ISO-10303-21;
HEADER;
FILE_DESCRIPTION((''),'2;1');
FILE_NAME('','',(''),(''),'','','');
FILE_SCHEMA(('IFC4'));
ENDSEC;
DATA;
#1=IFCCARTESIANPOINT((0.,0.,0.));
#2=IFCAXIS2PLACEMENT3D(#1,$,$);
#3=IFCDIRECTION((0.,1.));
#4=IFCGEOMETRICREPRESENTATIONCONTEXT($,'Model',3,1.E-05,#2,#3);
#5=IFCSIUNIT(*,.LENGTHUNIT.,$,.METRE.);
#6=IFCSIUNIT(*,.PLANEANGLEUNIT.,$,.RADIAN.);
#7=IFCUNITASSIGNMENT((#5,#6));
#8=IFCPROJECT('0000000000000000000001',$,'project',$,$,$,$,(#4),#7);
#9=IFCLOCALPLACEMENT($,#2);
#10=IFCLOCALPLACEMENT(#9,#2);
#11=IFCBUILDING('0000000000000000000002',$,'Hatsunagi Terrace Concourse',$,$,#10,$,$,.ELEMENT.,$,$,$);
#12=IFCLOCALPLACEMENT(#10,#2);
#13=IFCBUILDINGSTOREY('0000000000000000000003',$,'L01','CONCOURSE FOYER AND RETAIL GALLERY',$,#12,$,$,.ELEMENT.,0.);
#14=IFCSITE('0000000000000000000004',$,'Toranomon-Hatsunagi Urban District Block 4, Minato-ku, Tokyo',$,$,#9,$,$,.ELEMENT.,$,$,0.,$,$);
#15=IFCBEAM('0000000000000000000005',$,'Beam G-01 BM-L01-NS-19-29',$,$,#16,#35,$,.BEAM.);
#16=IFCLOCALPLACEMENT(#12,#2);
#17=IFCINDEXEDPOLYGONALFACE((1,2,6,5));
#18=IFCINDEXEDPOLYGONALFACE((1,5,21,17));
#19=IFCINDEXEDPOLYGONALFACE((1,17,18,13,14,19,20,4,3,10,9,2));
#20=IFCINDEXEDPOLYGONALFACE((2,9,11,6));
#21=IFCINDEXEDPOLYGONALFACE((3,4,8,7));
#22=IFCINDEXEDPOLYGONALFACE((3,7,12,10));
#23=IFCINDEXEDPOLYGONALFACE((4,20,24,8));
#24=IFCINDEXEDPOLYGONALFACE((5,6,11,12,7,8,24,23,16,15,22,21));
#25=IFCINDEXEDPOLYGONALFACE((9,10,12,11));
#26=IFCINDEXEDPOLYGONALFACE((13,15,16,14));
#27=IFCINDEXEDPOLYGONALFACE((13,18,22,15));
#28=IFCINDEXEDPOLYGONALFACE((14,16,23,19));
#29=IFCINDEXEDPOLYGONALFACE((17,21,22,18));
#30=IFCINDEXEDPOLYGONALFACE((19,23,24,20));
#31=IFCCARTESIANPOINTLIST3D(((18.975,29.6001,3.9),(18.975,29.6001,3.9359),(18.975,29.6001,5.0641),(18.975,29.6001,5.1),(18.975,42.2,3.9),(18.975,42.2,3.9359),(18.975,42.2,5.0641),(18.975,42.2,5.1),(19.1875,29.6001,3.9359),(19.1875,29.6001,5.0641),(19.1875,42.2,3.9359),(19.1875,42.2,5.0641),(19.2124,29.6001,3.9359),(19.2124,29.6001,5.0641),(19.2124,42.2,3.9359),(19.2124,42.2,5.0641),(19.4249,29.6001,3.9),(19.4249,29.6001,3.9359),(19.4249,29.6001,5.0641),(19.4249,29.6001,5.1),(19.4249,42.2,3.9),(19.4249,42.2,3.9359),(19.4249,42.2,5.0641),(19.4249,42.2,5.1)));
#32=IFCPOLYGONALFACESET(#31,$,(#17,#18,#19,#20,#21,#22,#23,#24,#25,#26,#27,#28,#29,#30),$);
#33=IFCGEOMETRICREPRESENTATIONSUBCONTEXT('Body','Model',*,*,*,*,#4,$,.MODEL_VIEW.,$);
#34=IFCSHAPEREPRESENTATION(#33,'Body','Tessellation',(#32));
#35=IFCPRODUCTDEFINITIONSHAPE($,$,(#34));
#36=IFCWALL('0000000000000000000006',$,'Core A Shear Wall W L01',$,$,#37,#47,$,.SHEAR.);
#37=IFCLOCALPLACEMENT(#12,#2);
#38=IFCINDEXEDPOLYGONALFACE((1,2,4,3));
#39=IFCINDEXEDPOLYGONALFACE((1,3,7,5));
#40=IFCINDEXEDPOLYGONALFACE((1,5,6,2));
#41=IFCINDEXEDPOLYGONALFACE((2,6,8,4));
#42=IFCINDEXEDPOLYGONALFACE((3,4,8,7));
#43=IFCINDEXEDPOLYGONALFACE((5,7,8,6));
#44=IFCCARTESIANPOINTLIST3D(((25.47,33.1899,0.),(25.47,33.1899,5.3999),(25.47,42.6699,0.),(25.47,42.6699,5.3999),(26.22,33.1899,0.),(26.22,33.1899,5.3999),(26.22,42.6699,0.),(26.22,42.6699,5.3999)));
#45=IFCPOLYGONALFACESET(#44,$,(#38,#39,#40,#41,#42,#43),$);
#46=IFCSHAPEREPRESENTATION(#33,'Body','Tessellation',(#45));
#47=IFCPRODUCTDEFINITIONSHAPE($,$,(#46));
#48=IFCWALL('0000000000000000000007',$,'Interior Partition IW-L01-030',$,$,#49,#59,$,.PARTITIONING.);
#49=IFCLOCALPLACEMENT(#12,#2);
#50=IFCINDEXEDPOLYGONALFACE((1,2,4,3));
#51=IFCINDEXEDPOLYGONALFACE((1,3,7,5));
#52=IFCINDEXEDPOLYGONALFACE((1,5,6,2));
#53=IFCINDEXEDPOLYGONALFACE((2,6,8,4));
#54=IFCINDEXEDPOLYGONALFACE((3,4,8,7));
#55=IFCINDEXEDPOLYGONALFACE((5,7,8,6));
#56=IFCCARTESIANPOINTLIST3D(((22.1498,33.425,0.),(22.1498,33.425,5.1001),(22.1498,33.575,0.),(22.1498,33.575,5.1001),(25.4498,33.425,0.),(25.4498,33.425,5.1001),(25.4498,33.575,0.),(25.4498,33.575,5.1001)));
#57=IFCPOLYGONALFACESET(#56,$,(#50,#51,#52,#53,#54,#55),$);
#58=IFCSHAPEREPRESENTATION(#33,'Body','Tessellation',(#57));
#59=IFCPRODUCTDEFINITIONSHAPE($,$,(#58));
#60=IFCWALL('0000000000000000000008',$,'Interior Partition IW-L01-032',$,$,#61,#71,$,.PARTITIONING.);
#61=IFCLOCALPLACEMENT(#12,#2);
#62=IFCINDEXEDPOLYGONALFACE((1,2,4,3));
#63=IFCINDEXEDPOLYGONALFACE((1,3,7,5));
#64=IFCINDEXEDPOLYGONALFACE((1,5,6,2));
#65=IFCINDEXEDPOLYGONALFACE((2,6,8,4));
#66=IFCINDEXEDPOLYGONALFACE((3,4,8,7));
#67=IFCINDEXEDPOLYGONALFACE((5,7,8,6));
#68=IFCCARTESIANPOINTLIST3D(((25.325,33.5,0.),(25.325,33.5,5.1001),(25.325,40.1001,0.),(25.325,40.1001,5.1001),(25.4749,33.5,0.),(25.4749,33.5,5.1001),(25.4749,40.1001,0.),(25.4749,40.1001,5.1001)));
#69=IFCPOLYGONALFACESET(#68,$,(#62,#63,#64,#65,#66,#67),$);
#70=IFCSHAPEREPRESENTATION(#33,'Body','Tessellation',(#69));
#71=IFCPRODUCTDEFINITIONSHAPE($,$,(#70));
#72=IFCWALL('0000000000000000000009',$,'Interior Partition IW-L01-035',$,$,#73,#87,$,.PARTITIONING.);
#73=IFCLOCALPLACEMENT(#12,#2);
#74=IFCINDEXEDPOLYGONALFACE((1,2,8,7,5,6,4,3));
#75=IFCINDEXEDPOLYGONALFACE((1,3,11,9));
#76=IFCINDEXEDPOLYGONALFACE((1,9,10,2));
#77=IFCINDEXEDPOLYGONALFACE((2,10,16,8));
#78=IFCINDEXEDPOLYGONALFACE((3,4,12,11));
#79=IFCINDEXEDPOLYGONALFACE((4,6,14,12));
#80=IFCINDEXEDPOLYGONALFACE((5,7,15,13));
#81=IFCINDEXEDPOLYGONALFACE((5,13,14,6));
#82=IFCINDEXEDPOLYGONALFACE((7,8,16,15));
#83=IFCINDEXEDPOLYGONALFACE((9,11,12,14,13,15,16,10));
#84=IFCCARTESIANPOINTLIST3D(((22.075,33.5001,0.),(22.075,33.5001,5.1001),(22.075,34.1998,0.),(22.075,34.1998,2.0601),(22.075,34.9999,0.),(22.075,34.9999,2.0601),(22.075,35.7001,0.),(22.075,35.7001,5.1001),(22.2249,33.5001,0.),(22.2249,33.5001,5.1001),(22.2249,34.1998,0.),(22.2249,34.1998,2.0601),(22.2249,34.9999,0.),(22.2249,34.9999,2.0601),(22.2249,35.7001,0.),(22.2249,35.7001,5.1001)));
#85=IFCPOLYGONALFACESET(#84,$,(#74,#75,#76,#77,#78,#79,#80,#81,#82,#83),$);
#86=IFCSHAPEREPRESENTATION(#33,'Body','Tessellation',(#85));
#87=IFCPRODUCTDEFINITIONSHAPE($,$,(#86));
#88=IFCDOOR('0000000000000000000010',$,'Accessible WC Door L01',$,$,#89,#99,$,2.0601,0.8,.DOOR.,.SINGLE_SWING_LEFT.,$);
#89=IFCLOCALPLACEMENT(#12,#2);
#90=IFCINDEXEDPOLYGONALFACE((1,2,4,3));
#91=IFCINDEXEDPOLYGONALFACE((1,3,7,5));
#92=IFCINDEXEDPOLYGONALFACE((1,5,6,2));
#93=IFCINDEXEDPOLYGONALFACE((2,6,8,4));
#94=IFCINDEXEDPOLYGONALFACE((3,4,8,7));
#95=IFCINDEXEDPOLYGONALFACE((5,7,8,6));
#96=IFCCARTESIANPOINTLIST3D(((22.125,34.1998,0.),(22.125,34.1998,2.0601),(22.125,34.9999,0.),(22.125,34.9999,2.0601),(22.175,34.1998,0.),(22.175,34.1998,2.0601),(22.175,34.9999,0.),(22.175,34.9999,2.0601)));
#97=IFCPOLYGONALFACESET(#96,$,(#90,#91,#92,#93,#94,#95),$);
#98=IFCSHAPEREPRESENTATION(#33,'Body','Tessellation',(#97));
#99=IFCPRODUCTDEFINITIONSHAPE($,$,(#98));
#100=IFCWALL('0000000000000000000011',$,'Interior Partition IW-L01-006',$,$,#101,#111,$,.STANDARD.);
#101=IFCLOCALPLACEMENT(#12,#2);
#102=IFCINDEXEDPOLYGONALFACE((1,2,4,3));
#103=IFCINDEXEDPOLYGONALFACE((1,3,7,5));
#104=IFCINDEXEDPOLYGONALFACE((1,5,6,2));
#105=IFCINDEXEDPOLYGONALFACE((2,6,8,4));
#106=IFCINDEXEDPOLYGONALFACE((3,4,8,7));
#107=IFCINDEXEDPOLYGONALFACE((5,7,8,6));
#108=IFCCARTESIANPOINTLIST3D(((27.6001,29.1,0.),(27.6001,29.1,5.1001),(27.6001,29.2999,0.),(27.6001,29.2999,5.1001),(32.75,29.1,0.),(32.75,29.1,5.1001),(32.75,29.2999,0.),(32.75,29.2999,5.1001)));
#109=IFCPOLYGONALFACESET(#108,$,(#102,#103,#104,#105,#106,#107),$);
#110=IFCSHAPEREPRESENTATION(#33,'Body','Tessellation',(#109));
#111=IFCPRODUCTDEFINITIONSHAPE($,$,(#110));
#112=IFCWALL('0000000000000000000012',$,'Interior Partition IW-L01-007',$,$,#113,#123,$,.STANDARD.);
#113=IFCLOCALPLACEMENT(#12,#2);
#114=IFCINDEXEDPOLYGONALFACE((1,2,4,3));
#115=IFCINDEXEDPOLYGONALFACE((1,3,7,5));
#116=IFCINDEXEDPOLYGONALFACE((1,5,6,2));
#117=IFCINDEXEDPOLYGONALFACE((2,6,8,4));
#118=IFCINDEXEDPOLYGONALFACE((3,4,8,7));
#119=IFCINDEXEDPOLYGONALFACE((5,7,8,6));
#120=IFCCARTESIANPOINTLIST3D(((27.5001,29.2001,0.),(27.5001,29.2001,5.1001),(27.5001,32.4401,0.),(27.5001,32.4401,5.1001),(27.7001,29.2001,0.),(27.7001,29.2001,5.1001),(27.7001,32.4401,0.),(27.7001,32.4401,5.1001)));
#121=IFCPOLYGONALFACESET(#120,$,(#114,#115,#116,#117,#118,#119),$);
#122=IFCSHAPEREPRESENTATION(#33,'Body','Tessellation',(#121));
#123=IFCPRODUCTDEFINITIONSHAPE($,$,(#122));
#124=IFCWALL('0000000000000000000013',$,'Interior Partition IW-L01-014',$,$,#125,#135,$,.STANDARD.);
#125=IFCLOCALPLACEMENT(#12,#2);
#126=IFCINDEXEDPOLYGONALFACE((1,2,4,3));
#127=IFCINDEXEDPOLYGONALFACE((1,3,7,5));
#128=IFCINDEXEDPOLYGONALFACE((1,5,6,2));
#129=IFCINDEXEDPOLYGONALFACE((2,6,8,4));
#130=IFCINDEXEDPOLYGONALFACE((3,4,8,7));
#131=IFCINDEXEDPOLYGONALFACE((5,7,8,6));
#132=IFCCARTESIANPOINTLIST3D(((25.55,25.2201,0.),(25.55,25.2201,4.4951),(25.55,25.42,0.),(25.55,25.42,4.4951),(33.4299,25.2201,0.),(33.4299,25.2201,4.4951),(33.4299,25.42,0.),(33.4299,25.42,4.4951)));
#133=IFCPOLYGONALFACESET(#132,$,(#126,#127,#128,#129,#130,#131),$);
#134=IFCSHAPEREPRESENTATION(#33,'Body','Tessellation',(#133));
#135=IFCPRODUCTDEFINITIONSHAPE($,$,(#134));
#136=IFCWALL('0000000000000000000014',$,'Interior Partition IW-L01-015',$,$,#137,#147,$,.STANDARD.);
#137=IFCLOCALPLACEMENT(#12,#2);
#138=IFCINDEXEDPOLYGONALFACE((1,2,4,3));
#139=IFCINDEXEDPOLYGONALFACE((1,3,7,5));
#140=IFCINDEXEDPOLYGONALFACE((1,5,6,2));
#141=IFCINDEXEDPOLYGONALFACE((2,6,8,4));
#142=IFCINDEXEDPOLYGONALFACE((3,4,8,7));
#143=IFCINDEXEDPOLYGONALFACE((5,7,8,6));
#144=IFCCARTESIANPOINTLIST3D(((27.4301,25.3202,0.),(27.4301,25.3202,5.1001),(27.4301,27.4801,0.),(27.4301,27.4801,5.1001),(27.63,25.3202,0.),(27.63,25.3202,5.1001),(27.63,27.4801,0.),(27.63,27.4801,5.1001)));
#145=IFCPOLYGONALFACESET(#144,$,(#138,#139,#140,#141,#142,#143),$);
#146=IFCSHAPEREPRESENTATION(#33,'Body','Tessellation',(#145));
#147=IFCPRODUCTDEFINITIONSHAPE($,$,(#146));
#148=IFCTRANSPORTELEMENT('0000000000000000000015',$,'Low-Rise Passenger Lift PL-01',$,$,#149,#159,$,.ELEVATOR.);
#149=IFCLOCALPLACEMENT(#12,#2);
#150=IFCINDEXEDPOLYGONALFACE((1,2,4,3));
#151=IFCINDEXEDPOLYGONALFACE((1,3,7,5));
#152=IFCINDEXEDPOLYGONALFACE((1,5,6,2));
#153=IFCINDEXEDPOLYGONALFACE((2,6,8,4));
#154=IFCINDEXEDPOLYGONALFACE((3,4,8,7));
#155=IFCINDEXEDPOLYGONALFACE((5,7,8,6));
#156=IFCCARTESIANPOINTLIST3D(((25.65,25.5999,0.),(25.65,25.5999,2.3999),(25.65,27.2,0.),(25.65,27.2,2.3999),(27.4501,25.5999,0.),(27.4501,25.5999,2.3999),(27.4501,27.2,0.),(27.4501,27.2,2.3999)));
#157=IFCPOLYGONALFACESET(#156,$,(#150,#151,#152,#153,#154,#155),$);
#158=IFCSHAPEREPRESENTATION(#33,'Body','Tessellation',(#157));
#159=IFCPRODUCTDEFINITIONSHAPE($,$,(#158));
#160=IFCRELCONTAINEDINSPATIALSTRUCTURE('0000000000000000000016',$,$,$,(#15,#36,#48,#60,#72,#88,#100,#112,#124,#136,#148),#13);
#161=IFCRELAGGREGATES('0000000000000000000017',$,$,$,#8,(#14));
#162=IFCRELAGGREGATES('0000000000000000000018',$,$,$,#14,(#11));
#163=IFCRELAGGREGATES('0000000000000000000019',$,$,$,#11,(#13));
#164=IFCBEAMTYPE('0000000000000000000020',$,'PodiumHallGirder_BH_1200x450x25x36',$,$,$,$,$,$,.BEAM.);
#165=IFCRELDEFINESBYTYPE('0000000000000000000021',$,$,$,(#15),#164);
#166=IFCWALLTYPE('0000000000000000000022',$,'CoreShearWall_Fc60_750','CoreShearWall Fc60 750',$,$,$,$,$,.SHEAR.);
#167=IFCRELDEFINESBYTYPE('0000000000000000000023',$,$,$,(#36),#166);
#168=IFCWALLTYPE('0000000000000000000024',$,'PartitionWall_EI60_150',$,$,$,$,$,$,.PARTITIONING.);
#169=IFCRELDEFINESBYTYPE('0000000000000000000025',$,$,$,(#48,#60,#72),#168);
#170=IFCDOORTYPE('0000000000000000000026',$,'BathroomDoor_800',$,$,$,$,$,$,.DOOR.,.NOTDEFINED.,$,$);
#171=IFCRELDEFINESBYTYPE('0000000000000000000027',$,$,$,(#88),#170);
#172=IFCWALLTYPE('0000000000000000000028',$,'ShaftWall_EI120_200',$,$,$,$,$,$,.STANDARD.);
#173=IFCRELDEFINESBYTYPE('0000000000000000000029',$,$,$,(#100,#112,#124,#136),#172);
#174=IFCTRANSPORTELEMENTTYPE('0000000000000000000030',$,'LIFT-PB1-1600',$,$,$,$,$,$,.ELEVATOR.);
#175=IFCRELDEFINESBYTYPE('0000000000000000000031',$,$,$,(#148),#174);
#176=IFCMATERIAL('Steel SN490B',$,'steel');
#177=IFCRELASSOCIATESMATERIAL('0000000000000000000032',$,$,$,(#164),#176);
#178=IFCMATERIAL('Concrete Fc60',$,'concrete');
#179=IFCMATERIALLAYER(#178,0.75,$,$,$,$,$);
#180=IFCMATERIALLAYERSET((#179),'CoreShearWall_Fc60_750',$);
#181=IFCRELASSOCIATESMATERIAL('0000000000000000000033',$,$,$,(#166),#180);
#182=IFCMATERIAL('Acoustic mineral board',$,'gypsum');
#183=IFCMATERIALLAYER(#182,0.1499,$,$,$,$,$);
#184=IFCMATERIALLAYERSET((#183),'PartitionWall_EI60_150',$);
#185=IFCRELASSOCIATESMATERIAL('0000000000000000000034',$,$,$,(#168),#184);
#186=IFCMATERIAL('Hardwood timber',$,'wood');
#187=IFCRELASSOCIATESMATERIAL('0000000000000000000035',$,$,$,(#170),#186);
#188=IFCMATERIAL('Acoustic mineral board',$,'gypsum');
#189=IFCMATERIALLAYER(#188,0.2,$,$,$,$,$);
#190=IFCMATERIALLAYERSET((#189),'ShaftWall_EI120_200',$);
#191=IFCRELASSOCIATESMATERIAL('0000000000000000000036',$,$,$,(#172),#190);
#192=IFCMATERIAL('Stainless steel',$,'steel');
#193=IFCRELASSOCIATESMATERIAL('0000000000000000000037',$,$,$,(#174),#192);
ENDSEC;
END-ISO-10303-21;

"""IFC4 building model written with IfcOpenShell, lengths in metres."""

from ifc_helpers import new_model, si_unit, direction, frame, frame_2d, origin, origin_2d, place, context, subcontext, project, spatial, rectangle, i_section, extrude, material, layer, layer_set, material_profile, profile_set, type_object, element, fill, save


model = new_model("IFC4")

# Units and contexts
model_context = context("Model", 3, precision=1e-05, world=origin(), true_north=direction((0.0, 1.0)))
body_context = subcontext(model_context, "Body", "Model", "MODEL_VIEW")
ifc_project = project(units=[si_unit("LENGTHUNIT", "METRE"), si_unit("PLANEANGLEUNIT", "RADIAN")], contexts=[model_context])

# Site, building, storey
site_placement = place(None, origin())
site = spatial("IfcSite", under=ifc_project, at=site_placement, Name="Toranomon-Hatsunagi Urban District Block 4, Minato-ku, Tokyo", CompositionType="ELEMENT", RefElevation=0.0)
building_placement = place(site_placement, origin())
building = spatial("IfcBuilding", under=site, at=building_placement, Name="Hatsunagi Terrace Concourse", CompositionType="ELEMENT")
storey_placement = place(building_placement, origin())
storey = spatial("IfcBuildingStorey", under=building, at=storey_placement, Name="L01", Description="CONCOURSE FOYER AND RETAIL GALLERY", CompositionType="ELEMENT", Elevation=0.0)

# Beam
ifc_material_1 = material(Name="Steel SN490B", Category="steel")
ifc_material_profile_1 = material_profile(ifc_material_1, i_section(OverallWidth=0.45, OverallDepth=1.2, WebThickness=0.0249, FlangeThickness=0.0359, at=origin_2d()), Name="BH-1200x450x25x36")
ifc_profile_set_1 = profile_set([ifc_material_profile_1], Name="Steel SN490B")
beam_type_1 = type_object("IfcBeamType", Name="PodiumHallGirder_BH_1200x450x25x36", PredefinedType="BEAM", material=ifc_profile_set_1)
beam_1_placement = place(storey_placement, frame((19.2, 29.6001, 4.5), z_axis=(0.0, 1.0, 0.0), x_axis=(-1.0, 0.0, 0.0)))
element("IfcBeam", 1, at=beam_1_placement, inside=storey, type_object=beam_type_1, Name="Beam G-01 BM-L01-NS-19-29", PredefinedType="BEAM", context=body_context, shape_type="SweptSolid", body=[
    extrude(i_section(OverallWidth=0.45, OverallDepth=1.2, WebThickness=0.0249, FlangeThickness=0.0359, at=origin_2d()), origin(), (0.0, 0.0, 1.0), 12.5999),
])

# Shared definitions
ifc_material_2 = material(Name="Concrete Fc60", Category="concrete")
ifc_layer_1 = layer(ifc_material_2, 0.75)
ifc_layer_set_1 = layer_set([ifc_layer_1], Name="CoreShearWall_Fc60_750")
wall_type_1 = type_object("IfcWallType", Name="CoreShearWall_Fc60_750", Description="CoreShearWall Fc60 750", PredefinedType="SHEAR", material=ifc_layer_set_1)

# Walls
wall_1_placement = place(storey_placement, frame((25.845, 33.1899, 0.0), z_axis=(0.0, 0.0, 1.0), x_axis=(0.0, 1.0, 0.0)))
element("IfcWall", 2, at=wall_1_placement, inside=storey, type_object=wall_type_1, Name="Core A Shear Wall W L01", PredefinedType="SHEAR", context=body_context, shape_type="SweptSolid", body=[
    extrude(rectangle(XDim=9.48, YDim=0.75, at=frame_2d((4.74, 0.0))), origin(), (0.0, 0.0, 1.0), 5.3999),
])
ifc_material_3 = material(Name="Acoustic mineral board", Category="gypsum")
ifc_layer_2 = layer(ifc_material_3, 0.1499)
ifc_layer_set_2 = layer_set([ifc_layer_2], Name="PartitionWall_EI60_150")
wall_type_2 = type_object("IfcWallType", Name="PartitionWall_EI60_150", PredefinedType="PARTITIONING", material=ifc_layer_set_2)
wall_2_placement = place(storey_placement, frame((22.1499, 33.5, 0.0), z_axis=(0.0, 0.0, 1.0), x_axis=(1.0, 0.0, 0.0)))
element("IfcWall", 3, at=wall_2_placement, inside=storey, type_object=wall_type_2, Name="Interior Partition IW-L01-030", PredefinedType="PARTITIONING", context=body_context, shape_type="SweptSolid", body=[
    extrude(rectangle(XDim=3.3, YDim=0.1499, at=frame_2d((1.6499, 0.0))), origin(), (0.0, 0.0, 1.0), 5.1001),
])
wall_3_placement = place(storey_placement, frame((25.3999, 33.5, 0.0), z_axis=(0.0, 0.0, 1.0), x_axis=(0.0, 1.0, 0.0)))
element("IfcWall", 4, at=wall_3_placement, inside=storey, type_object=wall_type_2, Name="Interior Partition IW-L01-032", PredefinedType="PARTITIONING", context=body_context, shape_type="SweptSolid", body=[
    extrude(rectangle(XDim=6.6001, YDim=0.1499, at=frame_2d((3.3, 0.0))), origin(), (0.0, 0.0, 1.0), 5.1001),
])

# Wall, opening, door
wall_4_placement = place(storey_placement, frame((22.1499, 33.5, 0.0), z_axis=(0.0, 0.0, 1.0), x_axis=(0.0, 1.0, 0.0)))
wall_4 = element("IfcWall", 5, at=wall_4_placement, inside=storey, type_object=wall_type_2, Name="Interior Partition IW-L01-035", PredefinedType="PARTITIONING", context=body_context, shape_type="SweptSolid", body=[
    extrude(rectangle(XDim=2.2, YDim=0.1499, at=frame_2d((1.1001, 0.0))), origin(), (0.0, 0.0, 1.0), 5.1001),
])
opening_1_placement = place(wall_4_placement, frame((0.7, 0.0, 0.0)))
opening_1 = element("IfcOpeningElement", 6, at=opening_1_placement, cuts=wall_4, PredefinedType="OPENING", context=body_context, shape_type="SweptSolid", body=[
    extrude(rectangle(XDim=0.8, YDim=2.0601, at=frame_2d((0.3999, 1.03))), frame((0.0, 0.085, 0.0), z_axis=(0.0, -1.0, 0.0), x_axis=(1.0, 0.0, 0.0)), (0.0, 0.0, 1.0), 0.1699),
])
ifc_material_4 = material(Name="Hardwood timber", Category="wood")
door_type_1 = type_object("IfcDoorType", Name="BathroomDoor_800", OperationType="NOTDEFINED", PredefinedType="DOOR", material=ifc_material_4)
door_1_placement = place(opening_1_placement, origin())
door_1 = element("IfcDoor", 7, at=door_1_placement, inside=storey, type_object=door_type_1, Name="Accessible WC Door L01", OperationType="SINGLE_SWING_LEFT", OverallHeight=2.0601, OverallWidth=0.8, PredefinedType="DOOR", context=body_context, shape_type="SweptSolid", body=[
    extrude(rectangle(XDim=0.8, YDim=2.0601, at=frame_2d((0.3999, 1.03))), frame((0.0, 0.0249, 0.0), z_axis=(0.0, -1.0, 0.0), x_axis=(1.0, 0.0, 0.0)), (0.0, 0.0, 1.0), 0.05),
])
fill(opening_1, door_1)

# Walls
ifc_material_5 = material(Name="Acoustic mineral board", Category="gypsum")
ifc_layer_3 = layer(ifc_material_5, 0.2)
ifc_layer_set_3 = layer_set([ifc_layer_3], Name="ShaftWall_EI120_200")
wall_type_3 = type_object("IfcWallType", Name="ShaftWall_EI120_200", PredefinedType="STANDARD", material=ifc_layer_set_3)
wall_5_placement = place(storey_placement, frame((27.6001, 29.2, 0.0), z_axis=(0.0, 0.0, 1.0), x_axis=(1.0, 0.0, 0.0)))
element("IfcWall", 8, at=wall_5_placement, inside=storey, type_object=wall_type_3, Name="Interior Partition IW-L01-006", PredefinedType="STANDARD", context=body_context, shape_type="SweptSolid", body=[
    extrude(rectangle(XDim=5.1499, YDim=0.2, at=frame_2d((2.575, 0.0))), origin(), (0.0, 0.0, 1.0), 5.1001),
])
wall_6_placement = place(storey_placement, frame((27.6001, 29.2, 0.0), z_axis=(0.0, 0.0, 1.0), x_axis=(0.0, 1.0, 0.0)))
element("IfcWall", 9, at=wall_6_placement, inside=storey, type_object=wall_type_3, Name="Interior Partition IW-L01-007", PredefinedType="STANDARD", context=body_context, shape_type="SweptSolid", body=[
    extrude(rectangle(XDim=3.24, YDim=0.2, at=frame_2d((1.6201, 0.0))), origin(), (0.0, 0.0, 1.0), 5.1001),
])
wall_7_placement = place(storey_placement, frame((25.55, 25.3201, 0.0), z_axis=(0.0, 0.0, 1.0), x_axis=(1.0, 0.0, 0.0)))
element("IfcWall", 10, at=wall_7_placement, inside=storey, type_object=wall_type_3, Name="Interior Partition IW-L01-014", PredefinedType="STANDARD", context=body_context, shape_type="SweptSolid", body=[
    extrude(rectangle(XDim=7.8799, YDim=0.2, at=frame_2d((3.9399, 0.0))), origin(), (0.0, 0.0, 1.0), 4.4951),
])
wall_8_placement = place(storey_placement, frame((27.53, 25.3201, 0.0), z_axis=(0.0, 0.0, 1.0), x_axis=(0.0, 1.0, 0.0)))
element("IfcWall", 11, at=wall_8_placement, inside=storey, type_object=wall_type_3, Name="Interior Partition IW-L01-015", PredefinedType="STANDARD", context=body_context, shape_type="SweptSolid", body=[
    extrude(rectangle(XDim=2.1599, YDim=0.2, at=frame_2d((1.0801, 0.0))), origin(), (0.0, 0.0, 1.0), 5.1001),
])

# Transport element
ifc_material_6 = material(Name="Stainless steel", Category="steel")
transport_element_type = type_object("IfcTransportElementType", Name="LIFT-PB1-1600", PredefinedType="ELEVATOR", material=ifc_material_6)
transport_element_placement = place(storey_placement, frame((26.55, 26.3999, 0.0), z_axis=(0.0, 0.0, 1.0), x_axis=(1.0, 0.0, 0.0)))
element("IfcTransportElement", 12, at=transport_element_placement, inside=storey, type_object=transport_element_type, Name="Low-Rise Passenger Lift PL-01", PredefinedType="ELEVATOR", context=body_context, shape_type="SweptSolid", body=[
    extrude(rectangle(XDim=1.8, YDim=1.6001, at=origin_2d()), origin(), (0.0, 0.0, 1.0), 2.3999),
])

save(model, "model.ifc")
